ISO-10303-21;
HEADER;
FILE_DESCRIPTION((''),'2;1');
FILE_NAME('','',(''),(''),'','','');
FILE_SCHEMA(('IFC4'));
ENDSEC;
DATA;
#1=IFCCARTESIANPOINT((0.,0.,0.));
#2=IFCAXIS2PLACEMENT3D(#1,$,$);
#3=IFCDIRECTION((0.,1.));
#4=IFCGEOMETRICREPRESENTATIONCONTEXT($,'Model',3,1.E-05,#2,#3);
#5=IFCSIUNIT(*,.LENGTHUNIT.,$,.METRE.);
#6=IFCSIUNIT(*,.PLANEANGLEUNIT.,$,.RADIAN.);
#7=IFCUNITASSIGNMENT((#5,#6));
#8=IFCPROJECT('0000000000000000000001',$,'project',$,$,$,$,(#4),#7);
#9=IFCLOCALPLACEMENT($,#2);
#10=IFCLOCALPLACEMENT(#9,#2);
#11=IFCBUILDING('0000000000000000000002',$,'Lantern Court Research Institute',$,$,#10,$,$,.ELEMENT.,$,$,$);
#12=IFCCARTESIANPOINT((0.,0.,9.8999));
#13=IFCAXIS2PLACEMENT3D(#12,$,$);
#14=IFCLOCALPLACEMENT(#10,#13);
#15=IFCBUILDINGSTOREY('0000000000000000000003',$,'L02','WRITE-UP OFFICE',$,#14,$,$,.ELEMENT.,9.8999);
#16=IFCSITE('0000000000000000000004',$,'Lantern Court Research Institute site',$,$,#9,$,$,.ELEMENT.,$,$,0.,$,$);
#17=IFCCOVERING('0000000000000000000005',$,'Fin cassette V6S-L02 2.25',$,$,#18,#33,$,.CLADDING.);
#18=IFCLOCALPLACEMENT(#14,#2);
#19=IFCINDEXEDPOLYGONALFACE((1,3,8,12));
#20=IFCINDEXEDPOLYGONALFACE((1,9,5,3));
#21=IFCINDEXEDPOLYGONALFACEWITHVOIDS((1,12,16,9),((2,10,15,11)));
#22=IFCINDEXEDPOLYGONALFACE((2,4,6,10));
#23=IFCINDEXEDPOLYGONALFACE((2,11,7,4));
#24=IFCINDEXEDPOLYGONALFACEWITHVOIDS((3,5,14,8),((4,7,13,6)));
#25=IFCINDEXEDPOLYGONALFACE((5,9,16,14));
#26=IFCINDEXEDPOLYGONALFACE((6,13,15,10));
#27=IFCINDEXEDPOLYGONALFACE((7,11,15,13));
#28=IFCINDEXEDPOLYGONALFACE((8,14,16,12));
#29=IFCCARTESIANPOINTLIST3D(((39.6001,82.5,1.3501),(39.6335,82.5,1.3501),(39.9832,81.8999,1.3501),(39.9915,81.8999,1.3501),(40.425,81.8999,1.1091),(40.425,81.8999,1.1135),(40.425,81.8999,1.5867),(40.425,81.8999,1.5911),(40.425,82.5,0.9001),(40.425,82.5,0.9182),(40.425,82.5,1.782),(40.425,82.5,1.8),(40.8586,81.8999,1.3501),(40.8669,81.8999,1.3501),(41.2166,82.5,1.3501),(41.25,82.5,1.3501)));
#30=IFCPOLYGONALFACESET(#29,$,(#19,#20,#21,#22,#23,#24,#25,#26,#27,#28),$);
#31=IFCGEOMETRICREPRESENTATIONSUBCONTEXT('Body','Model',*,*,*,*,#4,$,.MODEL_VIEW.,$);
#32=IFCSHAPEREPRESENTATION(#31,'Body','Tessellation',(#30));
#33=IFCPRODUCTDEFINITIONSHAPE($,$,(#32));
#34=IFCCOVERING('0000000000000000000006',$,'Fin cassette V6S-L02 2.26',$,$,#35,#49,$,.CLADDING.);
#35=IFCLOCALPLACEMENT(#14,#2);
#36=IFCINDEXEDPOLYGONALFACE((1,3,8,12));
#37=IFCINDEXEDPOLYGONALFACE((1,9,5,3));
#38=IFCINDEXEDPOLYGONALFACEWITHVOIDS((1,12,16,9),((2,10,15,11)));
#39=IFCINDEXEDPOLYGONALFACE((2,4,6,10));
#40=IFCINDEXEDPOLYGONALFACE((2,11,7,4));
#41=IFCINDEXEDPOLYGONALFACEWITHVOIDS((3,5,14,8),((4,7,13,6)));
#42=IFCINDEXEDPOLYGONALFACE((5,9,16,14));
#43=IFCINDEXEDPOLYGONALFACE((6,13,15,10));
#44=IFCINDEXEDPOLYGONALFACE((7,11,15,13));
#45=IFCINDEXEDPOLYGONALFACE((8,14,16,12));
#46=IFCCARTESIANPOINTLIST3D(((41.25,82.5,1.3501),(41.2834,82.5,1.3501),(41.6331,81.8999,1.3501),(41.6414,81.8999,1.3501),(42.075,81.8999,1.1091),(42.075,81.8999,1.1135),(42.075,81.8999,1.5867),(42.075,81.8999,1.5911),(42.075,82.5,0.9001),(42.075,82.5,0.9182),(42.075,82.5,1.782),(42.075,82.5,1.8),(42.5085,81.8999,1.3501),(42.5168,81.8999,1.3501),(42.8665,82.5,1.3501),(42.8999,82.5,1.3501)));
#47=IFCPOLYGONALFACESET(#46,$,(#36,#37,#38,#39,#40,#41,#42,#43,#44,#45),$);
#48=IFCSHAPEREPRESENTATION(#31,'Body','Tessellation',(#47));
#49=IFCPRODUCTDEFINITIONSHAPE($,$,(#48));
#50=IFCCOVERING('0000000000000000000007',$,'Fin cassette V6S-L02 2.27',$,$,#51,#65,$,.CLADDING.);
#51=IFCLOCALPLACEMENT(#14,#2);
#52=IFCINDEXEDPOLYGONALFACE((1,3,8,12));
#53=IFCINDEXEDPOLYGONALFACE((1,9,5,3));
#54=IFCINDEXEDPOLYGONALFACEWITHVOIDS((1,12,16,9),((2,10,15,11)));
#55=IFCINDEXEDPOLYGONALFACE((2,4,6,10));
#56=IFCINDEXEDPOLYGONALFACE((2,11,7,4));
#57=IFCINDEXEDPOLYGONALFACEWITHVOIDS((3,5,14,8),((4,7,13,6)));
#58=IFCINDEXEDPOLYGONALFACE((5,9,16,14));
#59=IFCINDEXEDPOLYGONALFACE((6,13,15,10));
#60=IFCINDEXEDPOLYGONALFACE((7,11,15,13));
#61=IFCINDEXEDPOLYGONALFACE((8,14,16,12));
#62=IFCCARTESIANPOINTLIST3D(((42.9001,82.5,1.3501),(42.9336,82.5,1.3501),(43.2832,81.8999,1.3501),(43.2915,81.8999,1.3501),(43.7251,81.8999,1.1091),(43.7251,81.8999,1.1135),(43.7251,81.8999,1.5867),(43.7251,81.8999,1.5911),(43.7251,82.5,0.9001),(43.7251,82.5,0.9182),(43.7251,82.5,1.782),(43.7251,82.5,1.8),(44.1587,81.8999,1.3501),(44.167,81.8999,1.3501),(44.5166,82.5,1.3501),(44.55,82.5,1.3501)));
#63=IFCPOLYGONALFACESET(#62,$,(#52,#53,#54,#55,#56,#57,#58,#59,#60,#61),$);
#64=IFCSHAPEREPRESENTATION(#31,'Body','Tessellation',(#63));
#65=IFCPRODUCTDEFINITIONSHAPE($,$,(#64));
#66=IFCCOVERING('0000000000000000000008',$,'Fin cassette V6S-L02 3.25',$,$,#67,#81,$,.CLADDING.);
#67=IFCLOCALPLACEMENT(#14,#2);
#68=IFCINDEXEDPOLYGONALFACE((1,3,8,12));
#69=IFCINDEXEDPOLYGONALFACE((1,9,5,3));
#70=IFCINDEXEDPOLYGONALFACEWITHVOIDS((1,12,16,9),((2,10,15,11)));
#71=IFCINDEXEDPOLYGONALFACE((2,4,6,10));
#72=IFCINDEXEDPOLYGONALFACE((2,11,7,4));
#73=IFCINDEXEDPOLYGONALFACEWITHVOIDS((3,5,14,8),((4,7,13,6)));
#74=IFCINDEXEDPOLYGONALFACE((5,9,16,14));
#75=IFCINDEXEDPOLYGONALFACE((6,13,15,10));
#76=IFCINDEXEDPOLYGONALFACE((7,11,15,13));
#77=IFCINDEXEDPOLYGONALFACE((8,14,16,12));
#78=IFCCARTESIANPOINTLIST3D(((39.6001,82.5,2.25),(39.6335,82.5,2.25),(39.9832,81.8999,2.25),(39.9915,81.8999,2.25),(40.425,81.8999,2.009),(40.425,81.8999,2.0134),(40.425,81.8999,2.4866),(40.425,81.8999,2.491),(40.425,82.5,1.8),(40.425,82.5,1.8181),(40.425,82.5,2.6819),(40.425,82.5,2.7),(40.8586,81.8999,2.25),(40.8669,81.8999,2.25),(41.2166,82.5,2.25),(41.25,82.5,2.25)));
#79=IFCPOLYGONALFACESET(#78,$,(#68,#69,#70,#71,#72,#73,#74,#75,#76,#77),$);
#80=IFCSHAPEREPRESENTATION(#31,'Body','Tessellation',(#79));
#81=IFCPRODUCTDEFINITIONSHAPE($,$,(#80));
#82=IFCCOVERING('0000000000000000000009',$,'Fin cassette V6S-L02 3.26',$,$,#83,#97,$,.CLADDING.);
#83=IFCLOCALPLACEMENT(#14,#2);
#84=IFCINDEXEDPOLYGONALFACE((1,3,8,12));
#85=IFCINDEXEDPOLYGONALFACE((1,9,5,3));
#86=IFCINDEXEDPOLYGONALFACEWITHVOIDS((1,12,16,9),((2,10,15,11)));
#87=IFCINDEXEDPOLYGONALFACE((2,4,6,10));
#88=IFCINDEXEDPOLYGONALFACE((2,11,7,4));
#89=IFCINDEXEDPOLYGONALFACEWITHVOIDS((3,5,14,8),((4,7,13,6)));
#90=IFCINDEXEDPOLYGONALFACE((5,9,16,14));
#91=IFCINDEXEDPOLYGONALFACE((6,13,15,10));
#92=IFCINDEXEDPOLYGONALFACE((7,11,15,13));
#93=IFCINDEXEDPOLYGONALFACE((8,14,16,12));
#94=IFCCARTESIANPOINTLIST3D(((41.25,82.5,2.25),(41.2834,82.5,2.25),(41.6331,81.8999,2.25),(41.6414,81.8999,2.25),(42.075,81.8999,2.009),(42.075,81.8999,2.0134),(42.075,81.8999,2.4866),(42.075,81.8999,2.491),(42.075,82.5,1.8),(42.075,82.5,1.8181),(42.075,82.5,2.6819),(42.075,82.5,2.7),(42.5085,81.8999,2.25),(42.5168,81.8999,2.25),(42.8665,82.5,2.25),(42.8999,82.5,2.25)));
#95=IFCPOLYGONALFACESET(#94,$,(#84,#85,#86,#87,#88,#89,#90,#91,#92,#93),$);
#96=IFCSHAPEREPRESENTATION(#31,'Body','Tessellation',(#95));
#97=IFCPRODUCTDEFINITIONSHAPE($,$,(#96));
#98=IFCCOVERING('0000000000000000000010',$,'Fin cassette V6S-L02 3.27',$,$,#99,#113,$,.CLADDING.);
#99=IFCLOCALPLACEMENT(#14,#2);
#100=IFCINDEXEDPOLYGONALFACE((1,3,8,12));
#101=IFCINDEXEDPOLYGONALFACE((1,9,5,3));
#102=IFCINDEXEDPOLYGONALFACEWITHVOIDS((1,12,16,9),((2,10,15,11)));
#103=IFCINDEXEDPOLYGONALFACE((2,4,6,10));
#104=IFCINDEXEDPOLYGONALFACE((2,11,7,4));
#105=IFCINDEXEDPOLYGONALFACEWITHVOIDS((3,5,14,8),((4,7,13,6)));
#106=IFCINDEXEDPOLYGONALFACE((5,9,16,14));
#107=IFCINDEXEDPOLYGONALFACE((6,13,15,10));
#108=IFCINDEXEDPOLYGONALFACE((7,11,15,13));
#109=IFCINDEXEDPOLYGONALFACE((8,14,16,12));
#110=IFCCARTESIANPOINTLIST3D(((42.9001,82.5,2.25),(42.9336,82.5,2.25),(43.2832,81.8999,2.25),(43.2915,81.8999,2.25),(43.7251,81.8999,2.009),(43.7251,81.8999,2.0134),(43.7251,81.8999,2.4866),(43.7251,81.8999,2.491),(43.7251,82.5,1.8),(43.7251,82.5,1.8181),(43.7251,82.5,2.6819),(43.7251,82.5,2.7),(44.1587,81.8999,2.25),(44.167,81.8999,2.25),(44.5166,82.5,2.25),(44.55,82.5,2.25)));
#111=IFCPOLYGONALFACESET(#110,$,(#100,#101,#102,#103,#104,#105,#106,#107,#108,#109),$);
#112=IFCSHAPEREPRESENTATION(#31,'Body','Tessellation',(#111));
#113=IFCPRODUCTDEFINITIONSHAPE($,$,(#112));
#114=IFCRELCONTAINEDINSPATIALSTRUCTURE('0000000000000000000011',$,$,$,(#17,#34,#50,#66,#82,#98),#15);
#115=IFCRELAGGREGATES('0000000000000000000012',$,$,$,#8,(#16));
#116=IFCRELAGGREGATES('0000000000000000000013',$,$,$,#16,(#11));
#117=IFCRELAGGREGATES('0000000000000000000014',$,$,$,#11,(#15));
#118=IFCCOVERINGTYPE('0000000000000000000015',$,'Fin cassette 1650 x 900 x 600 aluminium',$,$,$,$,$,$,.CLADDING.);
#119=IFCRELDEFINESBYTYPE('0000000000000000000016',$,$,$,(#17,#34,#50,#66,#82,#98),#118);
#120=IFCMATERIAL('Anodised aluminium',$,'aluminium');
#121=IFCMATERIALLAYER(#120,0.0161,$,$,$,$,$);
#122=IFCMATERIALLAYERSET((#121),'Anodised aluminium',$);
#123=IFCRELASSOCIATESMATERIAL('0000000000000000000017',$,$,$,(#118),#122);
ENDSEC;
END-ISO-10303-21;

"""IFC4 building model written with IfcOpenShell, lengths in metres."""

from ifc_helpers import new_model, entity, si_unit, direction, frame, origin, place, context, subcontext, project, spatial, material, layer, layer_set, type_object, element, save


model = new_model("IFC4")

# Units and contexts
model_context = context("Model", 3, precision=1e-05, world=origin(), true_north=direction((0.0, 1.0)))
body_context = subcontext(model_context, "Body", "Model", "MODEL_VIEW")
ifc_project = project(units=[si_unit("LENGTHUNIT", "METRE"), si_unit("PLANEANGLEUNIT", "RADIAN")], contexts=[model_context])

# Site, building, storey
site_placement = place(None, origin())
site = spatial("IfcSite", under=ifc_project, at=site_placement, Name="Lantern Court Research Institute site", CompositionType="ELEMENT", RefElevation=0.0)
building_placement = place(site_placement, origin())
building = spatial("IfcBuilding", under=site, at=building_placement, Name="Lantern Court Research Institute", CompositionType="ELEMENT")
storey_placement = place(building_placement, frame((0.0, 0.0, 9.8999)))
storey = spatial("IfcBuildingStorey", under=building, at=storey_placement, Name="L02", Description="WRITE-UP OFFICE", CompositionType="ELEMENT", Elevation=9.8999)

# Coverings
ifc_material_1 = material(Name="Anodised aluminium", Category="aluminium")
ifc_layer_1 = layer(ifc_material_1, 0.0161)
ifc_layer_set_1 = layer_set([ifc_layer_1], Name="Anodised aluminium")
covering_type = type_object("IfcCoveringType", Name="Fin cassette 1650 x 900 x 600 aluminium", PredefinedType="CLADDING", material=ifc_layer_set_1)
covering_1_placement = place(storey_placement, frame((40.425, 82.5, 1.3501), z_axis=(0.0, -1.0, 0.0), x_axis=(1.0, 0.0, 0.0)))
cartesian_point_1 = entity("IfcCartesianPoint", [0.825, 0.0])
cartesian_point_2 = entity("IfcCartesianPoint", [0.7915, 0.0])
cartesian_point_3 = entity("IfcCartesianPoint", [0.4419, 0.0])
cartesian_point_4 = entity("IfcCartesianPoint", [0.4336, 0.0])
element("IfcCovering", 1, at=covering_1_placement, inside=storey, type_object=covering_type, Name="Fin cassette V6S-L02 2.25", PredefinedType="CLADDING", context=body_context, shape_type="SweptSolid", body=[
    entity("IfcExtrudedAreaSolidTapered", entity("IfcArbitraryProfileDefWithVoids", "AREA", None, entity("IfcPolyline", [cartesian_point_1, entity("IfcCartesianPoint", [0.0, 0.45]), entity("IfcCartesianPoint", [-0.825, 0.0]), entity("IfcCartesianPoint", [0.0, -0.45]), cartesian_point_1]), [entity("IfcPolyline", [cartesian_point_2, entity("IfcCartesianPoint", [0.0, 0.4319]), entity("IfcCartesianPoint", [-0.7915, 0.0]), entity("IfcCartesianPoint", [0.0, -0.4319]), cartesian_point_2])]), entity("IfcAxis2Placement3D", entity("IfcCartesianPoint", [0.0, 0.0, 0.0])), entity("IfcDirection", [0.0, 0.0, 1.0]), 0.6001, entity("IfcArbitraryProfileDefWithVoids", "AREA", None, entity("IfcPolyline", [cartesian_point_3, entity("IfcCartesianPoint", [0.0, 0.241]), entity("IfcCartesianPoint", [-0.4419, 0.0]), entity("IfcCartesianPoint", [0.0, -0.241]), cartesian_point_3]), [entity("IfcPolyline", [cartesian_point_4, entity("IfcCartesianPoint", [0.0, 0.2366]), entity("IfcCartesianPoint", [-0.4336, 0.0]), entity("IfcCartesianPoint", [0.0, -0.2366]), cartesian_point_4])])),
])
covering_2_placement = place(storey_placement, frame((42.075, 82.5, 1.3501), z_axis=(0.0, -1.0, 0.0), x_axis=(1.0, 0.0, 0.0)))
cartesian_point_5 = entity("IfcCartesianPoint", [0.825, 0.0])
cartesian_point_6 = entity("IfcCartesianPoint", [0.7915, 0.0])
cartesian_point_7 = entity("IfcCartesianPoint", [0.4419, 0.0])
cartesian_point_8 = entity("IfcCartesianPoint", [0.4336, 0.0])
element("IfcCovering", 2, at=covering_2_placement, inside=storey, type_object=covering_type, Name="Fin cassette V6S-L02 2.26", PredefinedType="CLADDING", context=body_context, shape_type="SweptSolid", body=[
    entity("IfcExtrudedAreaSolidTapered", entity("IfcArbitraryProfileDefWithVoids", "AREA", None, entity("IfcPolyline", [cartesian_point_5, entity("IfcCartesianPoint", [0.0, 0.45]), entity("IfcCartesianPoint", [-0.825, 0.0]), entity("IfcCartesianPoint", [0.0, -0.45]), cartesian_point_5]), [entity("IfcPolyline", [cartesian_point_6, entity("IfcCartesianPoint", [0.0, 0.4319]), entity("IfcCartesianPoint", [-0.7915, 0.0]), entity("IfcCartesianPoint", [0.0, -0.4319]), cartesian_point_6])]), entity("IfcAxis2Placement3D", entity("IfcCartesianPoint", [0.0, 0.0, 0.0])), entity("IfcDirection", [0.0, 0.0, 1.0]), 0.6001, entity("IfcArbitraryProfileDefWithVoids", "AREA", None, entity("IfcPolyline", [cartesian_point_7, entity("IfcCartesianPoint", [0.0, 0.241]), entity("IfcCartesianPoint", [-0.4419, 0.0]), entity("IfcCartesianPoint", [0.0, -0.241]), cartesian_point_7]), [entity("IfcPolyline", [cartesian_point_8, entity("IfcCartesianPoint", [0.0, 0.2366]), entity("IfcCartesianPoint", [-0.4336, 0.0]), entity("IfcCartesianPoint", [0.0, -0.2366]), cartesian_point_8])])),
])
covering_3_placement = place(storey_placement, frame((43.7251, 82.5, 1.3501), z_axis=(0.0, -1.0, 0.0), x_axis=(1.0, 0.0, 0.0)))
cartesian_point_9 = entity("IfcCartesianPoint", [0.825, 0.0])
cartesian_point_10 = entity("IfcCartesianPoint", [0.7915, 0.0])
cartesian_point_11 = entity("IfcCartesianPoint", [0.4419, 0.0])
cartesian_point_12 = entity("IfcCartesianPoint", [0.4336, 0.0])
element("IfcCovering", 3, at=covering_3_placement, inside=storey, type_object=covering_type, Name="Fin cassette V6S-L02 2.27", PredefinedType="CLADDING", context=body_context, shape_type="SweptSolid", body=[
    entity("IfcExtrudedAreaSolidTapered", entity("IfcArbitraryProfileDefWithVoids", "AREA", None, entity("IfcPolyline", [cartesian_point_9, entity("IfcCartesianPoint", [0.0, 0.45]), entity("IfcCartesianPoint", [-0.825, 0.0]), entity("IfcCartesianPoint", [0.0, -0.45]), cartesian_point_9]), [entity("IfcPolyline", [cartesian_point_10, entity("IfcCartesianPoint", [0.0, 0.4319]), entity("IfcCartesianPoint", [-0.7915, 0.0]), entity("IfcCartesianPoint", [0.0, -0.4319]), cartesian_point_10])]), entity("IfcAxis2Placement3D", entity("IfcCartesianPoint", [0.0, 0.0, 0.0])), entity("IfcDirection", [0.0, 0.0, 1.0]), 0.6001, entity("IfcArbitraryProfileDefWithVoids", "AREA", None, entity("IfcPolyline", [cartesian_point_11, entity("IfcCartesianPoint", [0.0, 0.241]), entity("IfcCartesianPoint", [-0.4419, 0.0]), entity("IfcCartesianPoint", [0.0, -0.241]), cartesian_point_11]), [entity("IfcPolyline", [cartesian_point_12, entity("IfcCartesianPoint", [0.0, 0.2366]), entity("IfcCartesianPoint", [-0.4336, 0.0]), entity("IfcCartesianPoint", [0.0, -0.2366]), cartesian_point_12])])),
])
covering_4_placement = place(storey_placement, frame((40.425, 82.5, 2.25), z_axis=(0.0, -1.0, 0.0), x_axis=(1.0, 0.0, 0.0)))
cartesian_point_13 = entity("IfcCartesianPoint", [0.825, 0.0])
cartesian_point_14 = entity("IfcCartesianPoint", [0.7915, 0.0])
cartesian_point_15 = entity("IfcCartesianPoint", [0.4419, 0.0])
cartesian_point_16 = entity("IfcCartesianPoint", [0.4336, 0.0])
element("IfcCovering", 4, at=covering_4_placement, inside=storey, type_object=covering_type, Name="Fin cassette V6S-L02 3.25", PredefinedType="CLADDING", context=body_context, shape_type="SweptSolid", body=[
    entity("IfcExtrudedAreaSolidTapered", entity("IfcArbitraryProfileDefWithVoids", "AREA", None, entity("IfcPolyline", [cartesian_point_13, entity("IfcCartesianPoint", [0.0, 0.45]), entity("IfcCartesianPoint", [-0.825, 0.0]), entity("IfcCartesianPoint", [0.0, -0.45]), cartesian_point_13]), [entity("IfcPolyline", [cartesian_point_14, entity("IfcCartesianPoint", [0.0, 0.4319]), entity("IfcCartesianPoint", [-0.7915, 0.0]), entity("IfcCartesianPoint", [0.0, -0.4319]), cartesian_point_14])]), entity("IfcAxis2Placement3D", entity("IfcCartesianPoint", [0.0, 0.0, 0.0])), entity("IfcDirection", [0.0, 0.0, 1.0]), 0.6001, entity("IfcArbitraryProfileDefWithVoids", "AREA", None, entity("IfcPolyline", [cartesian_point_15, entity("IfcCartesianPoint", [0.0, 0.241]), entity("IfcCartesianPoint", [-0.4419, 0.0]), entity("IfcCartesianPoint", [0.0, -0.241]), cartesian_point_15]), [entity("IfcPolyline", [cartesian_point_16, entity("IfcCartesianPoint", [0.0, 0.2366]), entity("IfcCartesianPoint", [-0.4336, 0.0]), entity("IfcCartesianPoint", [0.0, -0.2366]), cartesian_point_16])])),
])
covering_5_placement = place(storey_placement, frame((42.075, 82.5, 2.25), z_axis=(0.0, -1.0, 0.0), x_axis=(1.0, 0.0, 0.0)))
cartesian_point_17 = entity("IfcCartesianPoint", [0.825, 0.0])
cartesian_point_18 = entity("IfcCartesianPoint", [0.7915, 0.0])
cartesian_point_19 = entity("IfcCartesianPoint", [0.4419, 0.0])
cartesian_point_20 = entity("IfcCartesianPoint", [0.4336, 0.0])
element("IfcCovering", 5, at=covering_5_placement, inside=storey, type_object=covering_type, Name="Fin cassette V6S-L02 3.26", PredefinedType="CLADDING", context=body_context, shape_type="SweptSolid", body=[
    entity("IfcExtrudedAreaSolidTapered", entity("IfcArbitraryProfileDefWithVoids", "AREA", None, entity("IfcPolyline", [cartesian_point_17, entity("IfcCartesianPoint", [0.0, 0.45]), entity("IfcCartesianPoint", [-0.825, 0.0]), entity("IfcCartesianPoint", [0.0, -0.45]), cartesian_point_17]), [entity("IfcPolyline", [cartesian_point_18, entity("IfcCartesianPoint", [0.0, 0.4319]), entity("IfcCartesianPoint", [-0.7915, 0.0]), entity("IfcCartesianPoint", [0.0, -0.4319]), cartesian_point_18])]), entity("IfcAxis2Placement3D", entity("IfcCartesianPoint", [0.0, 0.0, 0.0])), entity("IfcDirection", [0.0, 0.0, 1.0]), 0.6001, entity("IfcArbitraryProfileDefWithVoids", "AREA", None, entity("IfcPolyline", [cartesian_point_19, entity("IfcCartesianPoint", [0.0, 0.241]), entity("IfcCartesianPoint", [-0.4419, 0.0]), entity("IfcCartesianPoint", [0.0, -0.241]), cartesian_point_19]), [entity("IfcPolyline", [cartesian_point_20, entity("IfcCartesianPoint", [0.0, 0.2366]), entity("IfcCartesianPoint", [-0.4336, 0.0]), entity("IfcCartesianPoint", [0.0, -0.2366]), cartesian_point_20])])),
])
covering_6_placement = place(storey_placement, frame((43.7251, 82.5, 2.25), z_axis=(0.0, -1.0, 0.0), x_axis=(1.0, 0.0, 0.0)))
cartesian_point_21 = entity("IfcCartesianPoint", [0.825, 0.0])
cartesian_point_22 = entity("IfcCartesianPoint", [0.7915, 0.0])
cartesian_point_23 = entity("IfcCartesianPoint", [0.4419, 0.0])
cartesian_point_24 = entity("IfcCartesianPoint", [0.4336, 0.0])
element("IfcCovering", 6, at=covering_6_placement, inside=storey, type_object=covering_type, Name="Fin cassette V6S-L02 3.27", PredefinedType="CLADDING", context=body_context, shape_type="SweptSolid", body=[
    entity("IfcExtrudedAreaSolidTapered", entity("IfcArbitraryProfileDefWithVoids", "AREA", None, entity("IfcPolyline", [cartesian_point_21, entity("IfcCartesianPoint", [0.0, 0.45]), entity("IfcCartesianPoint", [-0.825, 0.0]), entity("IfcCartesianPoint", [0.0, -0.45]), cartesian_point_21]), [entity("IfcPolyline", [cartesian_point_22, entity("IfcCartesianPoint", [0.0, 0.4319]), entity("IfcCartesianPoint", [-0.7915, 0.0]), entity("IfcCartesianPoint", [0.0, -0.4319]), cartesian_point_22])]), entity("IfcAxis2Placement3D", entity("IfcCartesianPoint", [0.0, 0.0, 0.0])), entity("IfcDirection", [0.0, 0.0, 1.0]), 0.6001, entity("IfcArbitraryProfileDefWithVoids", "AREA", None, entity("IfcPolyline", [cartesian_point_23, entity("IfcCartesianPoint", [0.0, 0.241]), entity("IfcCartesianPoint", [-0.4419, 0.0]), entity("IfcCartesianPoint", [0.0, -0.241]), cartesian_point_23]), [entity("IfcPolyline", [cartesian_point_24, entity("IfcCartesianPoint", [0.0, 0.2366]), entity("IfcCartesianPoint", [-0.4336, 0.0]), entity("IfcCartesianPoint", [0.0, -0.2366]), cartesian_point_24])])),
])

save(model, "model.ifc")
